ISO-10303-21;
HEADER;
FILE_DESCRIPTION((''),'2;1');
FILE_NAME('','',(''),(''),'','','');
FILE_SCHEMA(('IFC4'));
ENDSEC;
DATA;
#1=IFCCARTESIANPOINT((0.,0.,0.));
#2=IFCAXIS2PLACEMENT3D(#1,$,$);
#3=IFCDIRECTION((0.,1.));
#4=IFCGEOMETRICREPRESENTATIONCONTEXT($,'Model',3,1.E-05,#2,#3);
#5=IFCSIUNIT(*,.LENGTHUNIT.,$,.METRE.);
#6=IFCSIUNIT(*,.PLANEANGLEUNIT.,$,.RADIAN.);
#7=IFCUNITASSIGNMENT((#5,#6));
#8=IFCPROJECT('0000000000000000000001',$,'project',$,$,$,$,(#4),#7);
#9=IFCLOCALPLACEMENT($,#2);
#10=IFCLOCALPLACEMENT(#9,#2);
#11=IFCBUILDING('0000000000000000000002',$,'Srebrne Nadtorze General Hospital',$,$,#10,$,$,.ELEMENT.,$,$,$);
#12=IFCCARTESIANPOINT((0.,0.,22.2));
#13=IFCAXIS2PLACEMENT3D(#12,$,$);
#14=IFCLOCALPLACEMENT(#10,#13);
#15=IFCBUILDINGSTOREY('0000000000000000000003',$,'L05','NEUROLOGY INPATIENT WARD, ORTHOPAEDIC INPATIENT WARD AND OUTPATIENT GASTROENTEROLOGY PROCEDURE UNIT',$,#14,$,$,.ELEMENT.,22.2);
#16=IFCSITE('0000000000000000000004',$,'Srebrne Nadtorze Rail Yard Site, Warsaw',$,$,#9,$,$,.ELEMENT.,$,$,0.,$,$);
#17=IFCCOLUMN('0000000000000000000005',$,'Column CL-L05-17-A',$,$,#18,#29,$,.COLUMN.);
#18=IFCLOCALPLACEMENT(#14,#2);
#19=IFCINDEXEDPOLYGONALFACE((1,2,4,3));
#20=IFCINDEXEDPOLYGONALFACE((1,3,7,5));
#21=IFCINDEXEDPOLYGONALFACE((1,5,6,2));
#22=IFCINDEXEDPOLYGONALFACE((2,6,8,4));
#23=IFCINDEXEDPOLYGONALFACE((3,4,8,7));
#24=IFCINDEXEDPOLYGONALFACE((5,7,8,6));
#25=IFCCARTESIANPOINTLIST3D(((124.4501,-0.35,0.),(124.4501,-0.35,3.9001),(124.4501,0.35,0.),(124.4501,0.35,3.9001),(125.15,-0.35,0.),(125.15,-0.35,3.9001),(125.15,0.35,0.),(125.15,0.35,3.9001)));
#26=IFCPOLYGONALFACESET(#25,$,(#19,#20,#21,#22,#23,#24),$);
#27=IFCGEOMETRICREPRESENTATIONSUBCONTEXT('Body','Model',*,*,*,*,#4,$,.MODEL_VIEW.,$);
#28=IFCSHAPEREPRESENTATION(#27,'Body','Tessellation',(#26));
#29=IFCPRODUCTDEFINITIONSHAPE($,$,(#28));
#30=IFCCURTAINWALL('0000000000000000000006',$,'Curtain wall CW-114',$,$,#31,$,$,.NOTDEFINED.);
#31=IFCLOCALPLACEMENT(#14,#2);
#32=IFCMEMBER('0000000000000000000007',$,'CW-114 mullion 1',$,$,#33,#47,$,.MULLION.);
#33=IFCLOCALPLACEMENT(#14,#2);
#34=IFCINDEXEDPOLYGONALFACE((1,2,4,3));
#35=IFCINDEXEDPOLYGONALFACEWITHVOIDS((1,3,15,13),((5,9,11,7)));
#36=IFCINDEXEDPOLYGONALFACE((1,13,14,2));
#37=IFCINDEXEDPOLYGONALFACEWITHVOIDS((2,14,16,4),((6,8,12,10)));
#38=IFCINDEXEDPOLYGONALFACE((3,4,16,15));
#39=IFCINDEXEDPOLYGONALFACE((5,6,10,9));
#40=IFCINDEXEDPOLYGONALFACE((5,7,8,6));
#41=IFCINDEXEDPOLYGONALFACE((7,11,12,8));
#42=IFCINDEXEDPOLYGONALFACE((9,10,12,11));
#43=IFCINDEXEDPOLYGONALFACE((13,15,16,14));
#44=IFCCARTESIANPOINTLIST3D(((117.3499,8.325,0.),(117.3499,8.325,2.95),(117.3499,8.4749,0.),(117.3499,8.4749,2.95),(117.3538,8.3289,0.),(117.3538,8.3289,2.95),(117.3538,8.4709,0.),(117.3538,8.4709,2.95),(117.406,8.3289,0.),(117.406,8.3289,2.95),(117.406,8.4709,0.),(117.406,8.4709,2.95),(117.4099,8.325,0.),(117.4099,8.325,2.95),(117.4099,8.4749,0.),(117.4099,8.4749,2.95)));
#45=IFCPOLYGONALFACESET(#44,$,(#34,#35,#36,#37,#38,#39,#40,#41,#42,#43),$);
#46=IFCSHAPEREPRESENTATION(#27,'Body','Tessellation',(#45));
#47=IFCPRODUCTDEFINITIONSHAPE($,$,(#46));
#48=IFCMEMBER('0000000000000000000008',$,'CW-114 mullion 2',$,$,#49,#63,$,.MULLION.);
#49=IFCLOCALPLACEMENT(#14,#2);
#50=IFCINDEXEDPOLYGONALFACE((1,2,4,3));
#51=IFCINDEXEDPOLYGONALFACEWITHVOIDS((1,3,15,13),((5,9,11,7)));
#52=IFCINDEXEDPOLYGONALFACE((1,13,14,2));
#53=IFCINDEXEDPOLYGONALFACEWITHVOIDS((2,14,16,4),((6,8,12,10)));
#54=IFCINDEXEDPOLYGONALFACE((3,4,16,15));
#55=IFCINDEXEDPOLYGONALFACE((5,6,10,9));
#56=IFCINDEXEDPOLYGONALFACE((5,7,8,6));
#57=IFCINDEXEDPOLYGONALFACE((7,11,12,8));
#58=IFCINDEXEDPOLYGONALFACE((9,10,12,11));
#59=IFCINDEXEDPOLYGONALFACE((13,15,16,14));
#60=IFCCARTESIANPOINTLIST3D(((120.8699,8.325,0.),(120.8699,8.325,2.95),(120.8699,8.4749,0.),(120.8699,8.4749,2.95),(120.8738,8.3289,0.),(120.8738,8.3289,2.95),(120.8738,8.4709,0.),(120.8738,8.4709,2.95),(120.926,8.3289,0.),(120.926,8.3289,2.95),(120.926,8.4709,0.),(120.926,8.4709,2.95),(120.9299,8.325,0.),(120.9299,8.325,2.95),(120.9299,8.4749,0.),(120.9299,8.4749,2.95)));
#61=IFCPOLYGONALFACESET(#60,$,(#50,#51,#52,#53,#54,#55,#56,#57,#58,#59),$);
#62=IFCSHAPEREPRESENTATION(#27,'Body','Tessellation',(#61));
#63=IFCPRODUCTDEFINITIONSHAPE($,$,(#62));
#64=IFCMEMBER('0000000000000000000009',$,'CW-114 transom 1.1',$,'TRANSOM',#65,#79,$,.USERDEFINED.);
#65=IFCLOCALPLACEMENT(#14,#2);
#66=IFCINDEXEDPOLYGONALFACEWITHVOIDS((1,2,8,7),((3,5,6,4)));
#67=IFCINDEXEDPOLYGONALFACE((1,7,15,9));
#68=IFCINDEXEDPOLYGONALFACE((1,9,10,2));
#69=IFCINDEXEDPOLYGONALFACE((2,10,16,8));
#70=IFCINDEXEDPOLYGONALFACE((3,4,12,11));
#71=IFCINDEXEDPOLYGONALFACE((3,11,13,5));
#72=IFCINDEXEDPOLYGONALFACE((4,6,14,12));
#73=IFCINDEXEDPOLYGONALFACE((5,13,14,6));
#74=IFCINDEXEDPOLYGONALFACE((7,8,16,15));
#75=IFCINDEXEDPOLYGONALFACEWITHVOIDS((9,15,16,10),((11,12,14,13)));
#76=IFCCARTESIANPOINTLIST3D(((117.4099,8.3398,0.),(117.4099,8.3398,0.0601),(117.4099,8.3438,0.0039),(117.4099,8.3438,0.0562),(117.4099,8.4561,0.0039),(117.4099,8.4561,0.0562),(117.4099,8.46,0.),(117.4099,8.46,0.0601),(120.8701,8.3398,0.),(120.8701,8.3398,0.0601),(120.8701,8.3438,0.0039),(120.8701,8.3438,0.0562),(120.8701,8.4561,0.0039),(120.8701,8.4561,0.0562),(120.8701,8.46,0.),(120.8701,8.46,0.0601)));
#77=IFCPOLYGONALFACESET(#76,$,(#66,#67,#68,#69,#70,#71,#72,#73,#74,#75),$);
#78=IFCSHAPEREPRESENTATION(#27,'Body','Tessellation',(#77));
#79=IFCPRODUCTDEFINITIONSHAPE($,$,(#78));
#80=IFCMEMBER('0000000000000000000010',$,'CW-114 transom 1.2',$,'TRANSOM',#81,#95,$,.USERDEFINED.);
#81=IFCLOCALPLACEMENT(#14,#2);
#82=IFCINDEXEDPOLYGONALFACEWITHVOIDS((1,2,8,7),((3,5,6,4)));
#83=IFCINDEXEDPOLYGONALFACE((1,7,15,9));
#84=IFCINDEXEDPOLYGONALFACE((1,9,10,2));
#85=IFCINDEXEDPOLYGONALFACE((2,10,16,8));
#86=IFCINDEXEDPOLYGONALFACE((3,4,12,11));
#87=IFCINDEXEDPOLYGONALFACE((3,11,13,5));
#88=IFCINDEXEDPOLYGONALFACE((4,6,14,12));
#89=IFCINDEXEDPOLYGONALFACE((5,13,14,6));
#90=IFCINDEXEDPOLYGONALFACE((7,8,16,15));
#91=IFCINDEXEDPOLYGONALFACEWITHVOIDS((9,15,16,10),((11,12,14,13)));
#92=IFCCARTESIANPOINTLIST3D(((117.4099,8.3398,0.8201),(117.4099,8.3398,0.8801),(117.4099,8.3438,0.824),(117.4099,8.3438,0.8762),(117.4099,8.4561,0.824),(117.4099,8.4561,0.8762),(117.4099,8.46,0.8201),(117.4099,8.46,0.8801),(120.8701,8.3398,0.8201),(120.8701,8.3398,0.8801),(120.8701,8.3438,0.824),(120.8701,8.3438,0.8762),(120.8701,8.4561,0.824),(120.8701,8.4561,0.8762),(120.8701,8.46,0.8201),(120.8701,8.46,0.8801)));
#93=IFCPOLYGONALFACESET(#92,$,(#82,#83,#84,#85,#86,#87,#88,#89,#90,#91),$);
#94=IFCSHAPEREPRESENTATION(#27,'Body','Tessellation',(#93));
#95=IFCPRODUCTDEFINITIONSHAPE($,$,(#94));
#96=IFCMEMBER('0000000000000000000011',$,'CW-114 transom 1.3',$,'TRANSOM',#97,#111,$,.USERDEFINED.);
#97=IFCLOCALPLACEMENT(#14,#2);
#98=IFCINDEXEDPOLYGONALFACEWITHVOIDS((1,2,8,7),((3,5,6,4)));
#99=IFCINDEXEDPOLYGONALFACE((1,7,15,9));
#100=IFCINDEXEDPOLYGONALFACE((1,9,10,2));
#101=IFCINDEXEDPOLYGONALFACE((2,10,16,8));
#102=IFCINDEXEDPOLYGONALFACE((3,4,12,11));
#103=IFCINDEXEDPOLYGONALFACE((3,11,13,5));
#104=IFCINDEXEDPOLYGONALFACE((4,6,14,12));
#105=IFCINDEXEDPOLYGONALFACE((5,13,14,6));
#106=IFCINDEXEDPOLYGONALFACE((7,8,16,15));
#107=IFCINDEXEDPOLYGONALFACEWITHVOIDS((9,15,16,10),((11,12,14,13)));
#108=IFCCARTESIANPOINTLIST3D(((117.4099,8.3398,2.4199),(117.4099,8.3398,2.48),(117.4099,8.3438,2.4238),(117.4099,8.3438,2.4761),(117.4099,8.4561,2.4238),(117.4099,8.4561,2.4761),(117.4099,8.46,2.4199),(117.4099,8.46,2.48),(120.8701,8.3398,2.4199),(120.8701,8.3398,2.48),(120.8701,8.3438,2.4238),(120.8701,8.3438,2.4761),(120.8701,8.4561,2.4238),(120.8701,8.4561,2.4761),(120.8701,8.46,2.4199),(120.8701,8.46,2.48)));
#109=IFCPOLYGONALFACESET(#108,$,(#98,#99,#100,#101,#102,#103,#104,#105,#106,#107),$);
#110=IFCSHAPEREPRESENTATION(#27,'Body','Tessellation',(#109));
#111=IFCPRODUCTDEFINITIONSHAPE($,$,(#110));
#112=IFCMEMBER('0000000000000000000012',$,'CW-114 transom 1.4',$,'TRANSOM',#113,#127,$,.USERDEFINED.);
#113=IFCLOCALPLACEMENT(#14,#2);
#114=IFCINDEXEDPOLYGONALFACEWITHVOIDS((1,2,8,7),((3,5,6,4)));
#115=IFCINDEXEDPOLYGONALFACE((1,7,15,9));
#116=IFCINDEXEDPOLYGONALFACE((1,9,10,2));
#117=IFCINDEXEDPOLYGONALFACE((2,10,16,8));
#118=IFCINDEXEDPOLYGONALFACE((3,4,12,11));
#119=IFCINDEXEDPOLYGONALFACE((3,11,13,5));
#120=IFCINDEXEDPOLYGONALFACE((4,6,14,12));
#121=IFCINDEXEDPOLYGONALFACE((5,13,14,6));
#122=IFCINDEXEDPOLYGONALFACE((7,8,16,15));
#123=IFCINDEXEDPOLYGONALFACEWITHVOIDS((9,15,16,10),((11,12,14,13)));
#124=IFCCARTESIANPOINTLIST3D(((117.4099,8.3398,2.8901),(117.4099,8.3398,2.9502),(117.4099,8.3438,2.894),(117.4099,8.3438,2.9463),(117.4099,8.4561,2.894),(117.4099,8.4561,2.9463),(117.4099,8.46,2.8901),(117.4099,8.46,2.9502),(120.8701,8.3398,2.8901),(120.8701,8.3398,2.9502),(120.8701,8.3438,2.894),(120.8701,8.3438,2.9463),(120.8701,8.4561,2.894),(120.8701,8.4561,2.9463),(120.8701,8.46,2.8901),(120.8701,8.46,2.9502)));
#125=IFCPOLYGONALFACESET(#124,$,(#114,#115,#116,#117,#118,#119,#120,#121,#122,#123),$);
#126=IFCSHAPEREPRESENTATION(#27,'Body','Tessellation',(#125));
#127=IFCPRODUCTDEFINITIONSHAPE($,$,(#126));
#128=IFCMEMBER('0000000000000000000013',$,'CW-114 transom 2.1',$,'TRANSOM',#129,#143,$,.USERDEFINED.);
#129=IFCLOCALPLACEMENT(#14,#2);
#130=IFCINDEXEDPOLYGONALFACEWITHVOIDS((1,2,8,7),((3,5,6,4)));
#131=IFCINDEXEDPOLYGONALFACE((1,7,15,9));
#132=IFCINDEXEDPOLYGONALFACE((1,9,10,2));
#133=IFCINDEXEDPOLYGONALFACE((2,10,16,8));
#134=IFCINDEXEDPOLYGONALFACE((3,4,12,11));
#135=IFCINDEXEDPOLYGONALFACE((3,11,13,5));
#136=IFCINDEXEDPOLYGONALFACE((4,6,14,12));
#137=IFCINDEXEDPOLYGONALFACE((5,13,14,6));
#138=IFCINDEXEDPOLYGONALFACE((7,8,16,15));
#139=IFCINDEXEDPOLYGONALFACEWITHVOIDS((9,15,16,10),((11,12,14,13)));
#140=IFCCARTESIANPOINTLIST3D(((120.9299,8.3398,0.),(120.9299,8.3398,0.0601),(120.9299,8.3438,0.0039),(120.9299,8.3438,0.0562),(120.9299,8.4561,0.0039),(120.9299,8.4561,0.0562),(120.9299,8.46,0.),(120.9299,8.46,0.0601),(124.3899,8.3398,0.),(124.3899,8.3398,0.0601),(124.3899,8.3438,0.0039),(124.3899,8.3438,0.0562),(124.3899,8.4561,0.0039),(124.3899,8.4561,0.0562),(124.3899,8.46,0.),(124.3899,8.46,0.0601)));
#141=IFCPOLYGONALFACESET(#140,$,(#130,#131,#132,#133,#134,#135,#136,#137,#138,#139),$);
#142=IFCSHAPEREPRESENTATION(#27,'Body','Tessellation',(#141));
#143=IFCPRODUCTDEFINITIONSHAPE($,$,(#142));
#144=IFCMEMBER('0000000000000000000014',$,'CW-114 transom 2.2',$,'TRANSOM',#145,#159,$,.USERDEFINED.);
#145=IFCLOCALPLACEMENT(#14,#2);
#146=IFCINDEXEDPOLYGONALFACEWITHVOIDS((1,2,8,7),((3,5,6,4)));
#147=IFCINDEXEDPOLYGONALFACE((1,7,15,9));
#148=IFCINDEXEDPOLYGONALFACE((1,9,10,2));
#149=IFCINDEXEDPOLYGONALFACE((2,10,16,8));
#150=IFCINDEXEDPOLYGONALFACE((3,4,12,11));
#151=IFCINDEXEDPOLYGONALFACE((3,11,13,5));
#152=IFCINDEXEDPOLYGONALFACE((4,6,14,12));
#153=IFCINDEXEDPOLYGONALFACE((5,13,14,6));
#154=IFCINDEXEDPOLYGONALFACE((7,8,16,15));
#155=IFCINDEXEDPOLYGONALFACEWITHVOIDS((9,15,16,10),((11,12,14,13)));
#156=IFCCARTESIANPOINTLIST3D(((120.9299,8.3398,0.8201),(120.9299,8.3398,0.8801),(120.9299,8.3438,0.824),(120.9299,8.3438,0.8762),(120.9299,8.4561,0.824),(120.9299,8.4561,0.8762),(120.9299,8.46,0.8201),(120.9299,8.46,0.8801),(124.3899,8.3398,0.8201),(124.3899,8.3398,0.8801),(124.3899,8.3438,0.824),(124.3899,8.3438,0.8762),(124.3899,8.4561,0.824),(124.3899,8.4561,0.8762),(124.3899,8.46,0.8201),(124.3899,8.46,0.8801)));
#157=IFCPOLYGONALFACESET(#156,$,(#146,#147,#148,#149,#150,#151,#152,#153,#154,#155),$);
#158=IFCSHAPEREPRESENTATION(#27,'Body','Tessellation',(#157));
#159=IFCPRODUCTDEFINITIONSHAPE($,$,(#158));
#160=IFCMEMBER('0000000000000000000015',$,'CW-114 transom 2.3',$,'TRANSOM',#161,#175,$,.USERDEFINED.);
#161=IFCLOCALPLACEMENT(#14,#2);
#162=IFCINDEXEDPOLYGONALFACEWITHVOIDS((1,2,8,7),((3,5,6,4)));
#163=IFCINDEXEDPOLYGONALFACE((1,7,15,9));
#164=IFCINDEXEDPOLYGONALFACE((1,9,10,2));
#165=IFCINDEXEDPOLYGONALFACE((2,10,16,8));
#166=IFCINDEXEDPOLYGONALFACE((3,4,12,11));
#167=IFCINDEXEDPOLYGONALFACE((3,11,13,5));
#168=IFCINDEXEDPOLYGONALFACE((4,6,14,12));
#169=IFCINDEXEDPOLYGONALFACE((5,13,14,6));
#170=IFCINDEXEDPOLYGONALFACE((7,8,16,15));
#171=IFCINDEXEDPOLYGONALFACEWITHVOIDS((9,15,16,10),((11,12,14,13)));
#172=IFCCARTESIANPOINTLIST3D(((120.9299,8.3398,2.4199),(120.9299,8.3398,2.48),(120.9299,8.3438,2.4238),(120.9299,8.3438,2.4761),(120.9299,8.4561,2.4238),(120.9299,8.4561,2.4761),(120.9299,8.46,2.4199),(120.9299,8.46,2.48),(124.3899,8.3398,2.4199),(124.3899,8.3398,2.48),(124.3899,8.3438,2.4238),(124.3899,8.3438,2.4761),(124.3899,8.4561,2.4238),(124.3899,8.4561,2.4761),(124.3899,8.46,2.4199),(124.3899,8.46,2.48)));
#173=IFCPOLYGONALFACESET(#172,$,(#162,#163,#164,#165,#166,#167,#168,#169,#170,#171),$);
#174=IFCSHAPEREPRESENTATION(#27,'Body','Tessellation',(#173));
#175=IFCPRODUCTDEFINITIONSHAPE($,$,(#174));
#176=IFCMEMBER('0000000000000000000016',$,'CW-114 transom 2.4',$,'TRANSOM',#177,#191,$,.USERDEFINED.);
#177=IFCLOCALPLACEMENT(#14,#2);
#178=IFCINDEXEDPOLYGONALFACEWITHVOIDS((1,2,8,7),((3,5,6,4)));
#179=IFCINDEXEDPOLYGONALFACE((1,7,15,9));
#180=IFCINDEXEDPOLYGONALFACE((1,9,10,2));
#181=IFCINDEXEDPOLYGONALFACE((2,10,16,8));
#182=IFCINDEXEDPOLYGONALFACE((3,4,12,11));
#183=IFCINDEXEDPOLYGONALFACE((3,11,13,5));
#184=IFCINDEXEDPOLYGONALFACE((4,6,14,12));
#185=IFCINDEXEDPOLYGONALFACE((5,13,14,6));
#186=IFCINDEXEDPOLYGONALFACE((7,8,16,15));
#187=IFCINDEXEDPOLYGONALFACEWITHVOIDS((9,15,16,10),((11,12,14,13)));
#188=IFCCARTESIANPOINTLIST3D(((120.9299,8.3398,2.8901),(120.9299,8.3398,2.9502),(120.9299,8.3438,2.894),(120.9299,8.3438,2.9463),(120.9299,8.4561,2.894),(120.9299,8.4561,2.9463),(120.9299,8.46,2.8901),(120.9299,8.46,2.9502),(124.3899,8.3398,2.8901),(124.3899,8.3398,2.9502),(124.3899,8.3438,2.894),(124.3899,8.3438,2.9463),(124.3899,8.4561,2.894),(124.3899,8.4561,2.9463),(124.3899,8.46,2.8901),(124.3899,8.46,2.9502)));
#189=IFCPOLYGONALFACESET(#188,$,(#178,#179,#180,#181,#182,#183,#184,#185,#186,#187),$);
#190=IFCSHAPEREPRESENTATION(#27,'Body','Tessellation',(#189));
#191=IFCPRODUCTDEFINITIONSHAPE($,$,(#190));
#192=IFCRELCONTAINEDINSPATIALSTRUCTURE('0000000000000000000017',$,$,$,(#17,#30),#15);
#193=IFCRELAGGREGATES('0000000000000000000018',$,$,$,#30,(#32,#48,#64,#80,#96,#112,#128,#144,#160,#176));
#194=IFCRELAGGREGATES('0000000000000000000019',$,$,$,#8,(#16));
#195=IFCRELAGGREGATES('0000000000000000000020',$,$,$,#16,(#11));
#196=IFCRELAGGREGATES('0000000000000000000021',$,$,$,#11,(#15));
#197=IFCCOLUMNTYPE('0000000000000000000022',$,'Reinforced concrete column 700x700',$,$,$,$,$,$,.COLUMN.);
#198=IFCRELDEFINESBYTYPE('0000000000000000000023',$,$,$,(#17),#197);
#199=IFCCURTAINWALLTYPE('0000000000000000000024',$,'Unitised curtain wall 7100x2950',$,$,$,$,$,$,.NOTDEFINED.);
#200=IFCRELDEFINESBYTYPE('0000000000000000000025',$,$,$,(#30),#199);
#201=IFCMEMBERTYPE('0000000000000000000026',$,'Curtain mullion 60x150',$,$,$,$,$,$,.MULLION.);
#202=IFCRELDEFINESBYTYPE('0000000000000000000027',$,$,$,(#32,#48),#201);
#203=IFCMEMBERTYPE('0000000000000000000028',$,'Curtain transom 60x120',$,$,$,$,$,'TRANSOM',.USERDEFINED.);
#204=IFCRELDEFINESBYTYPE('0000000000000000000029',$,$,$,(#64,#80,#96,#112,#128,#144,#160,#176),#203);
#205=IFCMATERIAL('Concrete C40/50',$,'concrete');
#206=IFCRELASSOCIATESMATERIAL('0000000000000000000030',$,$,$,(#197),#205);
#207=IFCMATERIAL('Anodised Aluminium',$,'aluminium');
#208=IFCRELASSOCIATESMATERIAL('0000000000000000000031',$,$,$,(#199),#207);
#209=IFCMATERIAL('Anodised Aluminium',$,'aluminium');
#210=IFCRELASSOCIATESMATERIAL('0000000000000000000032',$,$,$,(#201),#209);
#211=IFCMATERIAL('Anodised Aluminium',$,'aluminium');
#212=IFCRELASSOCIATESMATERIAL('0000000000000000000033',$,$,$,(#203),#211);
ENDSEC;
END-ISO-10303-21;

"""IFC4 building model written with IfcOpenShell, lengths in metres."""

from ifc_helpers import new_model, si_unit, direction, frame, origin, origin_2d, place, context, subcontext, project, spatial, rectangle, hollow_rectangle, extrude, material, material_profile, profile_set, type_object, element, aggregate, save


model = new_model("IFC4")

# Units and contexts
model_context = context("Model", 3, precision=1e-05, world=origin(), true_north=direction((0.0, 1.0)))
body_context = subcontext(model_context, "Body", "Model", "MODEL_VIEW")
ifc_project = project(units=[si_unit("LENGTHUNIT", "METRE"), si_unit("PLANEANGLEUNIT", "RADIAN")], contexts=[model_context])

# Site, building, storey
site_placement = place(None, origin())
site = spatial("IfcSite", under=ifc_project, at=site_placement, Name="Srebrne Nadtorze Rail Yard Site, Warsaw", CompositionType="ELEMENT", RefElevation=0.0)
building_placement = place(site_placement, origin())
building = spatial("IfcBuilding", under=site, at=building_placement, Name="Srebrne Nadtorze General Hospital", CompositionType="ELEMENT")
storey_placement = place(building_placement, frame((0.0, 0.0, 22.2)))
storey = spatial("IfcBuildingStorey", under=building, at=storey_placement, Name="L05", Description="NEUROLOGY INPATIENT WARD, ORTHOPAEDIC INPATIENT WARD AND OUTPATIENT GASTROENTEROLOGY PROCEDURE UNIT", CompositionType="ELEMENT", Elevation=22.2)

# Column
ifc_material_1 = material(Name="Concrete C40/50", Category="concrete")
ifc_material_profile_1 = material_profile(ifc_material_1, rectangle(XDim=0.7, YDim=0.7, at=origin_2d()), Name="RC-COL-700x700")
ifc_profile_set_1 = profile_set([ifc_material_profile_1], Name="Concrete C40/50")
column_type = type_object("IfcColumnType", Name="Reinforced concrete column 700x700", PredefinedType="COLUMN", material=ifc_profile_set_1)
column_placement = place(storey_placement, frame((124.8, 0.0, 0.0), z_axis=(0.0, 0.0, 1.0), x_axis=(1.0, 0.0, 0.0)))
element("IfcColumn", 1, at=column_placement, inside=storey, type_object=column_type, Name="Column CL-L05-17-A", PredefinedType="COLUMN", context=body_context, shape_type="SweptSolid", body=[
    extrude(rectangle(XDim=0.7, YDim=0.7, at=origin_2d()), origin(), (0.0, 0.0, 1.0), 3.9001),
])

# Curtain wall, members
ifc_material_2 = material(Name="Anodised Aluminium", Category="aluminium")
curtain_wall_type = type_object("IfcCurtainWallType", Name="Unitised curtain wall 7100x2950", PredefinedType="NOTDEFINED", material=ifc_material_2)
curtain_wall_placement = place(storey_placement, origin())
curtain_wall = element("IfcCurtainWall", 2, at=curtain_wall_placement, inside=storey, type_object=curtain_wall_type, Name="Curtain wall CW-114", PredefinedType="NOTDEFINED")
ifc_material_3 = material(Name="Anodised Aluminium", Category="aluminium")
ifc_material_profile_2 = material_profile(ifc_material_3, hollow_rectangle(XDim=0.0601, YDim=0.1499, WallThickness=0.0039, at=origin_2d()), Name="AL-MUL-60x150")
ifc_profile_set_2 = profile_set([ifc_material_profile_2], Name="Anodised Aluminium")
member_type_1 = type_object("IfcMemberType", Name="Curtain mullion 60x150", PredefinedType="MULLION", material=ifc_profile_set_2)
member_1_placement = place(storey_placement, frame((117.3799, 8.3999, 0.0), z_axis=(0.0, 0.0, 1.0), x_axis=(1.0, 0.0, 0.0)))
member_1 = element("IfcMember", 3, at=member_1_placement, type_object=member_type_1, Name="CW-114 mullion 1", PredefinedType="MULLION", context=body_context, shape_type="SweptSolid", body=[
    extrude(hollow_rectangle(XDim=0.0601, YDim=0.1499, WallThickness=0.0039, at=origin_2d()), origin(), (0.0, 0.0, 1.0), 2.95),
])
member_2_placement = place(storey_placement, frame((120.8999, 8.3999, 0.0), z_axis=(0.0, 0.0, 1.0), x_axis=(1.0, 0.0, 0.0)))
member_2 = element("IfcMember", 4, at=member_2_placement, type_object=member_type_1, Name="CW-114 mullion 2", PredefinedType="MULLION", context=body_context, shape_type="SweptSolid", body=[
    extrude(hollow_rectangle(XDim=0.0601, YDim=0.1499, WallThickness=0.0039, at=origin_2d()), origin(), (0.0, 0.0, 1.0), 2.95),
])
ifc_material_4 = material(Name="Anodised Aluminium", Category="aluminium")
ifc_material_profile_3 = material_profile(ifc_material_4, hollow_rectangle(XDim=0.0601, YDim=0.1201, WallThickness=0.0039, at=origin_2d()), Name="AL-TRN-60x120")
ifc_profile_set_3 = profile_set([ifc_material_profile_3], Name="Anodised Aluminium")
member_type_2 = type_object("IfcMemberType", Name="Curtain transom 60x120", ElementType="TRANSOM", PredefinedType="USERDEFINED", material=ifc_profile_set_3)
member_3_placement = place(storey_placement, frame((117.4099, 8.3999, 0.03), z_axis=(1.0, 0.0, 0.0), x_axis=(0.0, 0.0, 1.0)))
member_3 = element("IfcMember", 5, at=member_3_placement, type_object=member_type_2, Name="CW-114 transom 1.1", ObjectType="TRANSOM", PredefinedType="USERDEFINED", context=body_context, shape_type="SweptSolid", body=[
    extrude(hollow_rectangle(XDim=0.0601, YDim=0.1201, WallThickness=0.0039, at=origin_2d()), origin(), (0.0, 0.0, 1.0), 3.4602),
])
member_4_placement = place(storey_placement, frame((117.4099, 8.3999, 0.8501), z_axis=(1.0, 0.0, 0.0), x_axis=(0.0, 0.0, 1.0)))
member_4 = element("IfcMember", 6, at=member_4_placement, type_object=member_type_2, Name="CW-114 transom 1.2", ObjectType="TRANSOM", PredefinedType="USERDEFINED", context=body_context, shape_type="SweptSolid", body=[
    extrude(hollow_rectangle(XDim=0.0601, YDim=0.1201, WallThickness=0.0039, at=origin_2d()), origin(), (0.0, 0.0, 1.0), 3.4602),
])
member_5_placement = place(storey_placement, frame((117.4099, 8.3999, 2.45), z_axis=(1.0, 0.0, 0.0), x_axis=(0.0, 0.0, 1.0)))
member_5 = element("IfcMember", 7, at=member_5_placement, type_object=member_type_2, Name="CW-114 transom 1.3", ObjectType="TRANSOM", PredefinedType="USERDEFINED", context=body_context, shape_type="SweptSolid", body=[
    extrude(hollow_rectangle(XDim=0.0601, YDim=0.1201, WallThickness=0.0039, at=origin_2d()), origin(), (0.0, 0.0, 1.0), 3.4602),
])
member_6_placement = place(storey_placement, frame((117.4099, 8.3999, 2.9202), z_axis=(1.0, 0.0, 0.0), x_axis=(0.0, 0.0, 1.0)))
member_6 = element("IfcMember", 8, at=member_6_placement, type_object=member_type_2, Name="CW-114 transom 1.4", ObjectType="TRANSOM", PredefinedType="USERDEFINED", context=body_context, shape_type="SweptSolid", body=[
    extrude(hollow_rectangle(XDim=0.0601, YDim=0.1201, WallThickness=0.0039, at=origin_2d()), origin(), (0.0, 0.0, 1.0), 3.4602),
])
member_7_placement = place(storey_placement, frame((120.9299, 8.3999, 0.03), z_axis=(1.0, 0.0, 0.0), x_axis=(0.0, 0.0, 1.0)))
member_7 = element("IfcMember", 9, at=member_7_placement, type_object=member_type_2, Name="CW-114 transom 2.1", ObjectType="TRANSOM", PredefinedType="USERDEFINED", context=body_context, shape_type="SweptSolid", body=[
    extrude(hollow_rectangle(XDim=0.0601, YDim=0.1201, WallThickness=0.0039, at=origin_2d()), origin(), (0.0, 0.0, 1.0), 3.46),
])
member_8_placement = place(storey_placement, frame((120.9299, 8.3999, 0.8501), z_axis=(1.0, 0.0, 0.0), x_axis=(0.0, 0.0, 1.0)))
member_8 = element("IfcMember", 10, at=member_8_placement, type_object=member_type_2, Name="CW-114 transom 2.2", ObjectType="TRANSOM", PredefinedType="USERDEFINED", context=body_context, shape_type="SweptSolid", body=[
    extrude(hollow_rectangle(XDim=0.0601, YDim=0.1201, WallThickness=0.0039, at=origin_2d()), origin(), (0.0, 0.0, 1.0), 3.46),
])
member_9_placement = place(storey_placement, frame((120.9299, 8.3999, 2.45), z_axis=(1.0, 0.0, 0.0), x_axis=(0.0, 0.0, 1.0)))
member_9 = element("IfcMember", 11, at=member_9_placement, type_object=member_type_2, Name="CW-114 transom 2.3", ObjectType="TRANSOM", PredefinedType="USERDEFINED", context=body_context, shape_type="SweptSolid", body=[
    extrude(hollow_rectangle(XDim=0.0601, YDim=0.1201, WallThickness=0.0039, at=origin_2d()), origin(), (0.0, 0.0, 1.0), 3.46),
])
member_10_placement = place(storey_placement, frame((120.9299, 8.3999, 2.9202), z_axis=(1.0, 0.0, 0.0), x_axis=(0.0, 0.0, 1.0)))
member_10 = element("IfcMember", 12, at=member_10_placement, type_object=member_type_2, Name="CW-114 transom 2.4", ObjectType="TRANSOM", PredefinedType="USERDEFINED", context=body_context, shape_type="SweptSolid", body=[
    extrude(hollow_rectangle(XDim=0.0601, YDim=0.1201, WallThickness=0.0039, at=origin_2d()), origin(), (0.0, 0.0, 1.0), 3.46),
])

aggregate(curtain_wall, [member_1, member_2, member_3, member_4, member_5, member_6, member_7, member_8, member_9, member_10])

save(model, "model.ifc")
